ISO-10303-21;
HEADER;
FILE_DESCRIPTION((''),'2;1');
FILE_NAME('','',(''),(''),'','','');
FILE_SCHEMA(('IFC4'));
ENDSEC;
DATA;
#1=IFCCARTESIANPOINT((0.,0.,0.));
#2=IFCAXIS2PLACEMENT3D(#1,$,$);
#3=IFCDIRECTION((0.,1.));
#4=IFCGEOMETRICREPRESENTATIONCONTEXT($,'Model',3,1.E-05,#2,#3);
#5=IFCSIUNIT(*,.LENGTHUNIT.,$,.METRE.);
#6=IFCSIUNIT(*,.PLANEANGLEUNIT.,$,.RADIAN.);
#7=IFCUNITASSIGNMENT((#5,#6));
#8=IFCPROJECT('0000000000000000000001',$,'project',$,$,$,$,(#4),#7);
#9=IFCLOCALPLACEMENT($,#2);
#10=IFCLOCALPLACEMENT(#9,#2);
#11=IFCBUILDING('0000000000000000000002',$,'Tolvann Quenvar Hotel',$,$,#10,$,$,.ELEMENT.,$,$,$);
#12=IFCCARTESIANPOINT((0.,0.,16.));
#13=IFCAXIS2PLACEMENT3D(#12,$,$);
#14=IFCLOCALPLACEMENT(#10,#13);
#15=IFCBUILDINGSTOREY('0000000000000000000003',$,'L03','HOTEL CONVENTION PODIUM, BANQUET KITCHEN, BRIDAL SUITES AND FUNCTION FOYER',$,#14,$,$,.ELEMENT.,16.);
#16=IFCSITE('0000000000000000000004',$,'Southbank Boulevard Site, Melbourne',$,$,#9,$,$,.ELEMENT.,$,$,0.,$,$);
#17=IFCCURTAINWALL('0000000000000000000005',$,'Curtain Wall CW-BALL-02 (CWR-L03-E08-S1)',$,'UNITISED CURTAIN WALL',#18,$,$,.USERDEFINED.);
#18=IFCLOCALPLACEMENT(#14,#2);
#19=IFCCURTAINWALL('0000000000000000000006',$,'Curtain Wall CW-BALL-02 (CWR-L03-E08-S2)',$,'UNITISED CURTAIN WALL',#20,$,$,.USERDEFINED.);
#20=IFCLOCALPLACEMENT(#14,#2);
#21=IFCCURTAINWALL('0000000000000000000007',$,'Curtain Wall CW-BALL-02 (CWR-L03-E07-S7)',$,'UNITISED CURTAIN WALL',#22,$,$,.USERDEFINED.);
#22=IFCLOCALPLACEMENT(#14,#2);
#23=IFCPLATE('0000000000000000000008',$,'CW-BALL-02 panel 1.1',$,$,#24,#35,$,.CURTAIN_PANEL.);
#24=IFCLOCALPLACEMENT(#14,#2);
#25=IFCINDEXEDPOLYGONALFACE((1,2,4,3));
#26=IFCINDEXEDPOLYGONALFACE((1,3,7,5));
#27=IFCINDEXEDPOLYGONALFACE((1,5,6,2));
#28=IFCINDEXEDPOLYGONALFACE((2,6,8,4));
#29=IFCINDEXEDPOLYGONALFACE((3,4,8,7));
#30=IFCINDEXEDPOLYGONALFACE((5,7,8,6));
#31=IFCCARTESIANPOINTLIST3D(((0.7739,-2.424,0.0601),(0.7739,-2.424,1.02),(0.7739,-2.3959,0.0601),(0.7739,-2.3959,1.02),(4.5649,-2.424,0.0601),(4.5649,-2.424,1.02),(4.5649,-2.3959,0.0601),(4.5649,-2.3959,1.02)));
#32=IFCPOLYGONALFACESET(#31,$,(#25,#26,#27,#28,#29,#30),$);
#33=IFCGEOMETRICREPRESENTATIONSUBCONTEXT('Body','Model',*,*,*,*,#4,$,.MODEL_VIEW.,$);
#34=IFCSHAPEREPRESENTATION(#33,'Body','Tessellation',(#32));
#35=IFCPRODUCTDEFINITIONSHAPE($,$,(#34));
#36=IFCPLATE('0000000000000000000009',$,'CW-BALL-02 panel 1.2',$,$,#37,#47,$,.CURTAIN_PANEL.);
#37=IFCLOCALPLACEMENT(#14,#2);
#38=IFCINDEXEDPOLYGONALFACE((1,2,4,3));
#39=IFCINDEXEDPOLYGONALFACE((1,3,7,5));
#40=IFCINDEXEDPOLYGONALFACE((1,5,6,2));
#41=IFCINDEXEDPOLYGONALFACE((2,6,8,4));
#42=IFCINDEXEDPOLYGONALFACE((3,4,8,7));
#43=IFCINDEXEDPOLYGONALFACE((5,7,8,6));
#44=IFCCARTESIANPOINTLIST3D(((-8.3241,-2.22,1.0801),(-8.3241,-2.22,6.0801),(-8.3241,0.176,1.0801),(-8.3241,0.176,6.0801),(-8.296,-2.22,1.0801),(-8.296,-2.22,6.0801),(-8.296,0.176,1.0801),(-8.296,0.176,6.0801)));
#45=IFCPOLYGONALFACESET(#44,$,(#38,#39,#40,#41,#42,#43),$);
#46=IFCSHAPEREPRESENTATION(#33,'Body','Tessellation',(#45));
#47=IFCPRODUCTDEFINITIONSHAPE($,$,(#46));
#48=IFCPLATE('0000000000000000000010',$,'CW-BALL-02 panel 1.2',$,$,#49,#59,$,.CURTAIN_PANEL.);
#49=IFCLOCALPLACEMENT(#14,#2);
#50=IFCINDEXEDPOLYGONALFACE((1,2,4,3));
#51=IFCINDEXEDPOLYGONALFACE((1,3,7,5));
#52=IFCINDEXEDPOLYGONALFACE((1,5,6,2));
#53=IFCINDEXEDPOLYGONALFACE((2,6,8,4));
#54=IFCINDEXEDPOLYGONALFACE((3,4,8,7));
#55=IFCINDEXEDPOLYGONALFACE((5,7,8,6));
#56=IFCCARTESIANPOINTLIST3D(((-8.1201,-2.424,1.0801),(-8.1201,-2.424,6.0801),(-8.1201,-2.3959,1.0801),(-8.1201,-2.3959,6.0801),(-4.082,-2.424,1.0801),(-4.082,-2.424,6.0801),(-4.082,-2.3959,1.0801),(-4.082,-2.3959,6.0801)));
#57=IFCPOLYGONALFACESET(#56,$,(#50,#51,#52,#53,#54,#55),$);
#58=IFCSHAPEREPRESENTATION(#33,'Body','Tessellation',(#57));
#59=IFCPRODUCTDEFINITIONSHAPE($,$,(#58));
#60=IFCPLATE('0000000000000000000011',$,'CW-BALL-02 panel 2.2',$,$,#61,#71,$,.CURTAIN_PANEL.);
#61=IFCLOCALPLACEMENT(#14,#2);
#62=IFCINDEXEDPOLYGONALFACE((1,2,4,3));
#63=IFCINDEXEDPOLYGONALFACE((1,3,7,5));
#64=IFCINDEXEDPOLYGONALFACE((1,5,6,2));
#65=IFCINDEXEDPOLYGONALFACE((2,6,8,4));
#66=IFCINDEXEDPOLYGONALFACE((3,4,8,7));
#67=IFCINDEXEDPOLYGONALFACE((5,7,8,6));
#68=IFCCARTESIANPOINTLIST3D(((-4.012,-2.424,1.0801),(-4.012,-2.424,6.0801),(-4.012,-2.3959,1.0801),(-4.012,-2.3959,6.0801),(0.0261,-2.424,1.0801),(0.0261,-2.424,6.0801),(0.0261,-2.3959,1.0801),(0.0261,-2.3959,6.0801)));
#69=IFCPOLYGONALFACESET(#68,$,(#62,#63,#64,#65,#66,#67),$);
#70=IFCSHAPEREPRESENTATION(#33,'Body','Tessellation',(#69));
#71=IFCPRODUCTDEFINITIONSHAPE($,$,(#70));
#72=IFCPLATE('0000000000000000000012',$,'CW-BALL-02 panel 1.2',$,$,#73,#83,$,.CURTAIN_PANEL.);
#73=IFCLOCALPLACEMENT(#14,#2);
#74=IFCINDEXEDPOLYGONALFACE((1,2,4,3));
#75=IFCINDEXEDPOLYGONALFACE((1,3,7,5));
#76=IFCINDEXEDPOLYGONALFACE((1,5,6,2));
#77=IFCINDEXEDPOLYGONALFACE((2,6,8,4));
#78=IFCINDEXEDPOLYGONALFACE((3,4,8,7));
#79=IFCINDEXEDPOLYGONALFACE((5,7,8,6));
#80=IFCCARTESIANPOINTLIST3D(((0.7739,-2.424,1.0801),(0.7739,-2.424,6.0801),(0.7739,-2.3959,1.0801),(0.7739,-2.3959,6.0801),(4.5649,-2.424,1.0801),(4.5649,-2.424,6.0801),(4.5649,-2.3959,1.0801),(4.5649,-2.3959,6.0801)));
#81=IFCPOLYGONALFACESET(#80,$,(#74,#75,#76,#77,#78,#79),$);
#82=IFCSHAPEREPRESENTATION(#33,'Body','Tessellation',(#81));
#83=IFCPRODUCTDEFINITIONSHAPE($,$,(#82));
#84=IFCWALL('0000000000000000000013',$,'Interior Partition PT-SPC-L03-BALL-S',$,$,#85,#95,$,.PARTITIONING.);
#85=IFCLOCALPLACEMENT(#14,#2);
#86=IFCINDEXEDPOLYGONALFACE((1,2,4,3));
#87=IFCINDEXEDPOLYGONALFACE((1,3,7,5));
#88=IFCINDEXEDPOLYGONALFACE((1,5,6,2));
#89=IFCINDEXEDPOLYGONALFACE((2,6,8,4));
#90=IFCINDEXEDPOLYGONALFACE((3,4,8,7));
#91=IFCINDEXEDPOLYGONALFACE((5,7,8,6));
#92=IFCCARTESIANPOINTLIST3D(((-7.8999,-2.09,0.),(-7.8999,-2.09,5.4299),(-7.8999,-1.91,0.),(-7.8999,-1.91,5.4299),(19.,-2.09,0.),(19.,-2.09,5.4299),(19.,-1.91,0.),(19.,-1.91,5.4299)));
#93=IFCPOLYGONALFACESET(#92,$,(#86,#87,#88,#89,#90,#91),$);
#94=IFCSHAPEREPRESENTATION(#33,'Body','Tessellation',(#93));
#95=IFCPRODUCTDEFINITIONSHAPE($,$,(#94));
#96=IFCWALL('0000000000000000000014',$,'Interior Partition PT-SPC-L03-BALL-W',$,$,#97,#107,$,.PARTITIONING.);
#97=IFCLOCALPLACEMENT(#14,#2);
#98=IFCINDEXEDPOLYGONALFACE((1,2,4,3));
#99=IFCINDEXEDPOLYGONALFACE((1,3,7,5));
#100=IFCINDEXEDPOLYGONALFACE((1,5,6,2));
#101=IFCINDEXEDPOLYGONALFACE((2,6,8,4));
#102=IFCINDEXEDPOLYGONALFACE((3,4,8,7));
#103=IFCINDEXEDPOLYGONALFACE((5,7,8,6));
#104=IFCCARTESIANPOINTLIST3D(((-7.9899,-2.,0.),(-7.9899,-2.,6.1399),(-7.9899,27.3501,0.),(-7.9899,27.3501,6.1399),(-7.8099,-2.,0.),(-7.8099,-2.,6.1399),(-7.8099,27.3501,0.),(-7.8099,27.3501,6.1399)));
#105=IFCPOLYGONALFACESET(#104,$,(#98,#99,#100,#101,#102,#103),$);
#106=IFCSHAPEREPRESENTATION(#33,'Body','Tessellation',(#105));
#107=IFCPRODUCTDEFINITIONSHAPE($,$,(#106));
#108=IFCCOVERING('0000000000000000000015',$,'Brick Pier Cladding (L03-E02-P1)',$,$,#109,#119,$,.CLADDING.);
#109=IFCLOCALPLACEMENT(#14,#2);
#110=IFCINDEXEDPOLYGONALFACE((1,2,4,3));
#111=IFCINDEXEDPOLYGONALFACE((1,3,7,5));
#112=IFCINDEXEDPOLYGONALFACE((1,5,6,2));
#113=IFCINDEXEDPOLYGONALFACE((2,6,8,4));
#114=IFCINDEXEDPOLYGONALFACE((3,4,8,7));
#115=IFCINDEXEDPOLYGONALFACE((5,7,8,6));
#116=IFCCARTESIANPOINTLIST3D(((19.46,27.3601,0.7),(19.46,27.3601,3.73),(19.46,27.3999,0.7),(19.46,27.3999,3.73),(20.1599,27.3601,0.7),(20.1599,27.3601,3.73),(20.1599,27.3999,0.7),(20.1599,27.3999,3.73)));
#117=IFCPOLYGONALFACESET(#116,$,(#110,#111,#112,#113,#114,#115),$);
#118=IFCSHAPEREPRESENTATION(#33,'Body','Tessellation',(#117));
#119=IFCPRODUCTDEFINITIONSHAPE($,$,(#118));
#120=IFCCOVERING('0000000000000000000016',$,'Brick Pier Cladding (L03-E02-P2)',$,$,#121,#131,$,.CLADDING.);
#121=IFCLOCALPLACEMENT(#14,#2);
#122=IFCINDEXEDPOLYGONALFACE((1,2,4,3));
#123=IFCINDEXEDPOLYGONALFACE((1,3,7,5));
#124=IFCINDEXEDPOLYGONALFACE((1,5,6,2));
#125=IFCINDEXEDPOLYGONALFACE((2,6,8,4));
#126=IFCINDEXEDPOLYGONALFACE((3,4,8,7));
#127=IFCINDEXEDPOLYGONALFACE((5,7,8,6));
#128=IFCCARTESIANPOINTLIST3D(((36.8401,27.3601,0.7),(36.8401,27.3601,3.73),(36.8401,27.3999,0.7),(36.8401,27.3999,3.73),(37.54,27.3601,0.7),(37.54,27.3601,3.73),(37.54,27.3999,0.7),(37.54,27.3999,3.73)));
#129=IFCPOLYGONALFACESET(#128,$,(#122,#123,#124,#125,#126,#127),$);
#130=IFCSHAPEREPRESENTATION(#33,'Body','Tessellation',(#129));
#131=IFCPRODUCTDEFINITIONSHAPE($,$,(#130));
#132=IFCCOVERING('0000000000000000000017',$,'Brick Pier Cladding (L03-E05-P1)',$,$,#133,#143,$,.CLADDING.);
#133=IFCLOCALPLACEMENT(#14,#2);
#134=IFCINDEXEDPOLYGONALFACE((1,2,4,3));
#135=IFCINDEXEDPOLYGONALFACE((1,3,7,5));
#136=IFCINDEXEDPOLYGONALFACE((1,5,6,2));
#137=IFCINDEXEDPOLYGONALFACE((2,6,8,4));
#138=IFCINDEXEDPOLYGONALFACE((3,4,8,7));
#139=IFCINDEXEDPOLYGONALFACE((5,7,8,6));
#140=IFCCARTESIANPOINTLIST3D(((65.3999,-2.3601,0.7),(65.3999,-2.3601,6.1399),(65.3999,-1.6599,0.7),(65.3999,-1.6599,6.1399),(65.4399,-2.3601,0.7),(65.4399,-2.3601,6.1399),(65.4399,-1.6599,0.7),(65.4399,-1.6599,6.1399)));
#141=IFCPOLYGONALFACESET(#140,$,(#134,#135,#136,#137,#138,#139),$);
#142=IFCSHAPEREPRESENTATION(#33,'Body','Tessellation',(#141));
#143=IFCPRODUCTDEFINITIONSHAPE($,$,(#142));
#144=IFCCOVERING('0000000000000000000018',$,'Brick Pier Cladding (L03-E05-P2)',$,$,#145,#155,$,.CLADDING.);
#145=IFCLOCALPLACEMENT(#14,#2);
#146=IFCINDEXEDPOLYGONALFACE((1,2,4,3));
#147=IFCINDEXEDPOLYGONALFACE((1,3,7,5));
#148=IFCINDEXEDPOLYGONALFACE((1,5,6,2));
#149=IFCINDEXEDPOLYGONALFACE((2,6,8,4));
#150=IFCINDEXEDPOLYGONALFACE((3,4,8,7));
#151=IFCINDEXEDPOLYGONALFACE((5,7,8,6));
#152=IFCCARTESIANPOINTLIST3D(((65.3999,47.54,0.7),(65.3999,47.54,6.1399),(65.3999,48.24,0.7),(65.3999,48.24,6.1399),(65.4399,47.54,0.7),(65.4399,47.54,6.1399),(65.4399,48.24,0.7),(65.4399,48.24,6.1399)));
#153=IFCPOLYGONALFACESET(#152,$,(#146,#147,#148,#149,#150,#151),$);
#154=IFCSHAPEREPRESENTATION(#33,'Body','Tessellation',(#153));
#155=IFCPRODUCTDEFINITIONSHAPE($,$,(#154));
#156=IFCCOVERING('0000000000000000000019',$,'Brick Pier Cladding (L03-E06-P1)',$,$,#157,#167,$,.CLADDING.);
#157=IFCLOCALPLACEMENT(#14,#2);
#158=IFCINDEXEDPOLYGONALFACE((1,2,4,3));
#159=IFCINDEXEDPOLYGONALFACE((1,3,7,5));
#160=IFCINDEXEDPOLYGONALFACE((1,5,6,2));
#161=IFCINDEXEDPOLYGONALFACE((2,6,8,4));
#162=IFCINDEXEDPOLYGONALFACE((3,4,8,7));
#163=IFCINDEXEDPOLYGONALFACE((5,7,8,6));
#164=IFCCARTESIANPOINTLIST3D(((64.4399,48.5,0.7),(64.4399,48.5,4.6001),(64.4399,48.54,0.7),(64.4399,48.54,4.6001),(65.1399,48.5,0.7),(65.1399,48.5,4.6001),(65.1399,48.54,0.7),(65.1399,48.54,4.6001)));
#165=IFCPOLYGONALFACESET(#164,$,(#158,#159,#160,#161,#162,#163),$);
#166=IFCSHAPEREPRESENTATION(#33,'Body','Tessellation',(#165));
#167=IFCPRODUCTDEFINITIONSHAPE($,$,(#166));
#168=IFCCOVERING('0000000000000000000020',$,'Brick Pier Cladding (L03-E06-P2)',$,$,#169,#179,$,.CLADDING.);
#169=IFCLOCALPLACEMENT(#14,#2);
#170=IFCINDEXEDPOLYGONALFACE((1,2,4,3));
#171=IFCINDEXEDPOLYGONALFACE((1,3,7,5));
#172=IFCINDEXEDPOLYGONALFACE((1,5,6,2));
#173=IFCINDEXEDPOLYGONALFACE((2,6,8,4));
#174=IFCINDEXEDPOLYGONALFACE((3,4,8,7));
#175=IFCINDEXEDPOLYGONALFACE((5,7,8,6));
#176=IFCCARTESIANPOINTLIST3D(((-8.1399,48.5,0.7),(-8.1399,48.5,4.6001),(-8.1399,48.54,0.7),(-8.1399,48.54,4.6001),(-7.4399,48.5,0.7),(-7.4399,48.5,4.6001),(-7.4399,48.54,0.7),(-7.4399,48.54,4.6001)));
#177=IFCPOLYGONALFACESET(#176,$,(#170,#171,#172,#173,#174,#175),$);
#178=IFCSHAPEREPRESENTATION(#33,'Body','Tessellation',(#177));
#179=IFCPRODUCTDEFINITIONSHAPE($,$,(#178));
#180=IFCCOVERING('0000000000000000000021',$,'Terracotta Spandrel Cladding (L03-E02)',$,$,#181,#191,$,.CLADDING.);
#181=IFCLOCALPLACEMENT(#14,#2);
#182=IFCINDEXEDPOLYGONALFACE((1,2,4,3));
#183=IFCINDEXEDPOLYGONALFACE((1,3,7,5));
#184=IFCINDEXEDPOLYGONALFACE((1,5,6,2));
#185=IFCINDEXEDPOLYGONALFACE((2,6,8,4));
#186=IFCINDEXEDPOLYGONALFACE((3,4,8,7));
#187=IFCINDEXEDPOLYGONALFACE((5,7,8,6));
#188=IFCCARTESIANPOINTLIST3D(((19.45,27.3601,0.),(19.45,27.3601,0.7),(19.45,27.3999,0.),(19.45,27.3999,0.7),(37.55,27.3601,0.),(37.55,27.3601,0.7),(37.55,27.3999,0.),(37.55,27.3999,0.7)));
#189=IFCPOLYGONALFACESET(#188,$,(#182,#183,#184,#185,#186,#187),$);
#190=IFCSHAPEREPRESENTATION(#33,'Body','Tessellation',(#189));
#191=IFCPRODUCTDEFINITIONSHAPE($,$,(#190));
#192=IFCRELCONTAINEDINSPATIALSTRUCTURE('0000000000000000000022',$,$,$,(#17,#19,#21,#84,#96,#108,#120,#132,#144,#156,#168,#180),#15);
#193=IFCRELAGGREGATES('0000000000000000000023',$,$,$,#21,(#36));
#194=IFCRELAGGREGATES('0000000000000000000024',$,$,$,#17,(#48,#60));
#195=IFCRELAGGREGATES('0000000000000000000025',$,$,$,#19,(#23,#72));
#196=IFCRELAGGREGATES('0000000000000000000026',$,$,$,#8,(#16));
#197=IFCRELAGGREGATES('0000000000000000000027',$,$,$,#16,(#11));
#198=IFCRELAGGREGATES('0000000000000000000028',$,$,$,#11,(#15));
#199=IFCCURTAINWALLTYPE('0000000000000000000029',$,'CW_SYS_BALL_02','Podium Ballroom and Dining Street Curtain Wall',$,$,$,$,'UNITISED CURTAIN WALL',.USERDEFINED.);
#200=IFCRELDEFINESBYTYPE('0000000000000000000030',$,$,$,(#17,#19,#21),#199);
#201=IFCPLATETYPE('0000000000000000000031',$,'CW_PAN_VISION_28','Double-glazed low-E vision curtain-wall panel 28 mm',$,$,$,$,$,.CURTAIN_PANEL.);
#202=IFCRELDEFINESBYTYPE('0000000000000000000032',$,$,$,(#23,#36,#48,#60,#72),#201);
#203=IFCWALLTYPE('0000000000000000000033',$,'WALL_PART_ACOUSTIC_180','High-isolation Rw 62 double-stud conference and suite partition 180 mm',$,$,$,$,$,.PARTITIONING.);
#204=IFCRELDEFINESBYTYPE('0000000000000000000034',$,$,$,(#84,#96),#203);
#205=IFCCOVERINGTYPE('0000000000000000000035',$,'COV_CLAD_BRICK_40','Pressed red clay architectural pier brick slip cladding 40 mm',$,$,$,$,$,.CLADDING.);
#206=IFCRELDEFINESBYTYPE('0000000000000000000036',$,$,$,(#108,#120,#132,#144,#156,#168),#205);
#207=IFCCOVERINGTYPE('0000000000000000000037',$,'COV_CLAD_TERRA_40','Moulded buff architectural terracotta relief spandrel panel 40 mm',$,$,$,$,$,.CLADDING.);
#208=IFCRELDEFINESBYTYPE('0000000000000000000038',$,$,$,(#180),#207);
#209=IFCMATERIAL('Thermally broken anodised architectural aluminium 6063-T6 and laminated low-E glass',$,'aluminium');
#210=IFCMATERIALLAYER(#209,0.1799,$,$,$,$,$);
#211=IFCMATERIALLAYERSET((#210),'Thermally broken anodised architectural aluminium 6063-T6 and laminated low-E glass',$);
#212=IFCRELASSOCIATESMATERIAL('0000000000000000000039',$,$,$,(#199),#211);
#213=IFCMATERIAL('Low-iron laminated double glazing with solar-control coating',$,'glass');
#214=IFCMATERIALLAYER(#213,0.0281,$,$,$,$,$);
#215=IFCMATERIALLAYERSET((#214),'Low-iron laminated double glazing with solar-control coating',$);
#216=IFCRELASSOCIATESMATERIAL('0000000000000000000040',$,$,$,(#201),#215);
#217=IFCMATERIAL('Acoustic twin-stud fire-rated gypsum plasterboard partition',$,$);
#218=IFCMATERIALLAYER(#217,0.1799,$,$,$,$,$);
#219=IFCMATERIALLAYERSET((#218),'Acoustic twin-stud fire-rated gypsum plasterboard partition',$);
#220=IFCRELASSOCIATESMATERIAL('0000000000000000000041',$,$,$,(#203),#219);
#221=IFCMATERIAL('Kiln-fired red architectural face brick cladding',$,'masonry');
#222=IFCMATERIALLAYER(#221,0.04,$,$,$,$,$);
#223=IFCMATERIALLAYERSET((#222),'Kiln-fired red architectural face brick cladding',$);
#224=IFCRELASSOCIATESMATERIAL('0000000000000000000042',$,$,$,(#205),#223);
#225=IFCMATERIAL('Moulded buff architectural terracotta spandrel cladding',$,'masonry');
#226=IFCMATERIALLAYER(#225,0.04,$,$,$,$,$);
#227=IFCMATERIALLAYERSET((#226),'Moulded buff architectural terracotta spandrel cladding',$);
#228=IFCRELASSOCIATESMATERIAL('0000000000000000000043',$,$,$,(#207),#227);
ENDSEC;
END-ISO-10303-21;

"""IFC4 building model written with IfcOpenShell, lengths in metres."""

from ifc_helpers import new_model, si_unit, direction, frame, frame_2d, origin, origin_2d, place, context, subcontext, project, spatial, polyline, rectangle, outline, extrude, source, transform, mapped, material, layer, layer_set, type_object, element, aggregate, save


model = new_model("IFC4")

# Units and contexts
model_context = context("Model", 3, precision=1e-05, world=origin(), true_north=direction((0.0, 1.0)))
body_context = subcontext(model_context, "Body", "Model", "MODEL_VIEW")
ifc_project = project(units=[si_unit("LENGTHUNIT", "METRE"), si_unit("PLANEANGLEUNIT", "RADIAN")], contexts=[model_context])

# Site, building, storey
site_placement = place(None, origin())
site = spatial("IfcSite", under=ifc_project, at=site_placement, Name="Southbank Boulevard Site, Melbourne", CompositionType="ELEMENT", RefElevation=0.0)
building_placement = place(site_placement, origin())
building = spatial("IfcBuilding", under=site, at=building_placement, Name="Tolvann Quenvar Hotel", CompositionType="ELEMENT")
storey_placement = place(building_placement, frame((0.0, 0.0, 16.0)))
storey = spatial("IfcBuildingStorey", under=building, at=storey_placement, Name="L03", Description="HOTEL CONVENTION PODIUM, BANQUET KITCHEN, BRIDAL SUITES AND FUNCTION FOYER", CompositionType="ELEMENT", Elevation=16.0)

# Curtain walls
ifc_material_1 = material(Name="Thermally broken anodised architectural aluminium 6063-T6 and laminated low-E glass", Category="aluminium")
ifc_layer_1 = layer(ifc_material_1, 0.1799)
ifc_layer_set_1 = layer_set([ifc_layer_1], Name="Thermally broken anodised architectural aluminium 6063-T6 and laminated low-E glass")
curtain_wall_type = type_object("IfcCurtainWallType", Name="CW_SYS_BALL_02", Description="Podium Ballroom and Dining Street Curtain Wall", ElementType="UNITISED CURTAIN WALL", PredefinedType="USERDEFINED", material=ifc_layer_set_1)
curtain_wall_1_placement = place(storey_placement, origin())
curtain_wall_1 = element("IfcCurtainWall", 1, at=curtain_wall_1_placement, inside=storey, type_object=curtain_wall_type, Name="Curtain Wall CW-BALL-02 (CWR-L03-E08-S1)", ObjectType="UNITISED CURTAIN WALL", PredefinedType="USERDEFINED")
curtain_wall_2_placement = place(storey_placement, origin())
curtain_wall_2 = element("IfcCurtainWall", 2, at=curtain_wall_2_placement, inside=storey, type_object=curtain_wall_type, Name="Curtain Wall CW-BALL-02 (CWR-L03-E08-S2)", ObjectType="UNITISED CURTAIN WALL", PredefinedType="USERDEFINED")

# Curtain wall
curtain_wall_3_placement = place(storey_placement, origin())
curtain_wall_3 = element("IfcCurtainWall", 3, at=curtain_wall_3_placement, inside=storey, type_object=curtain_wall_type, Name="Curtain Wall CW-BALL-02 (CWR-L03-E07-S7)", ObjectType="UNITISED CURTAIN WALL", PredefinedType="USERDEFINED")

# Plates
ifc_material_2 = material(Name="Low-iron laminated double glazing with solar-control coating", Category="glass")
ifc_layer_2 = layer(ifc_material_2, 0.0281)
ifc_layer_set_2 = layer_set([ifc_layer_2], Name="Low-iron laminated double glazing with solar-control coating")
plate_type = type_object("IfcPlateType", Name="CW_PAN_VISION_28", Description="Double-glazed low-E vision curtain-wall panel 28 mm", PredefinedType="CURTAIN_PANEL", material=ifc_layer_set_2)
shared_shape_1 = source(origin(), body_context, "Body", "SweptSolid", [
    extrude(rectangle(XDim=3.791, YDim=0.0281, at=origin_2d()), origin(), (0.0, 0.0, 1.0), 0.96),
])
plate_1_placement = place(storey_placement, frame((2.6694, -2.4099, 0.0601), z_axis=(0.0, 0.0, 1.0), x_axis=(1.0, 0.0, 0.0)))
plate_1 = element("IfcPlate", 4, at=plate_1_placement, type_object=plate_type, Name="CW-BALL-02 panel 1.1", PredefinedType="CURTAIN_PANEL", context=body_context, shape_type="MappedRepresentation", body=[
    mapped(shared_shape_1, transform((0.0, 0.0, 0.0), x_axis=(1.0, 0.0, 0.0), y_axis=(0.0, 1.0, 0.0), z_axis=(0.0, 0.0, 1.0), scale=1.0)),
])
shared_shape_2 = source(origin(), body_context, "Body", "SweptSolid", [
    extrude(rectangle(XDim=2.396, YDim=0.0281, at=origin_2d()), origin(), (0.0, 0.0, 1.0), 5.0),
])
plate_2_placement = place(storey_placement, frame((-8.3101, -1.022, 1.0801), z_axis=(0.0, 0.0, 1.0), x_axis=(0.0, -1.0, 0.0)))
plate_2 = element("IfcPlate", 5, at=plate_2_placement, type_object=plate_type, Name="CW-BALL-02 panel 1.2", PredefinedType="CURTAIN_PANEL", context=body_context, shape_type="MappedRepresentation", body=[
    mapped(shared_shape_2, transform((0.0, 0.0, 0.0), x_axis=(1.0, 0.0, 0.0), y_axis=(0.0, 1.0, 0.0), z_axis=(0.0, 0.0, 1.0), scale=1.0)),
])
aggregate(curtain_wall_3, [plate_2])
shared_shape_3 = source(origin(), body_context, "Body", "SweptSolid", [
    extrude(rectangle(XDim=4.0381, YDim=0.0281, at=origin_2d()), origin(), (0.0, 0.0, 1.0), 5.0),
])
plate_3_placement = place(storey_placement, frame((-6.1011, -2.4099, 1.0801), z_axis=(0.0, 0.0, 1.0), x_axis=(1.0, 0.0, 0.0)))
plate_3 = element("IfcPlate", 6, at=plate_3_placement, type_object=plate_type, Name="CW-BALL-02 panel 1.2", PredefinedType="CURTAIN_PANEL", context=body_context, shape_type="MappedRepresentation", body=[
    mapped(shared_shape_3, transform((0.0, 0.0, 0.0), x_axis=(1.0, 0.0, 0.0), y_axis=(0.0, 1.0, 0.0), z_axis=(0.0, 0.0, 1.0), scale=1.0)),
])
plate_4_placement = place(storey_placement, frame((-1.9929, -2.4099, 1.0801), z_axis=(0.0, 0.0, 1.0), x_axis=(1.0, 0.0, 0.0)))
plate_4 = element("IfcPlate", 7, at=plate_4_placement, type_object=plate_type, Name="CW-BALL-02 panel 2.2", PredefinedType="CURTAIN_PANEL", context=body_context, shape_type="MappedRepresentation", body=[
    mapped(shared_shape_3, transform((0.0, 0.0, 0.0), x_axis=(1.0, 0.0, 0.0), y_axis=(0.0, 1.0, 0.0), z_axis=(0.0, 0.0, 1.0), scale=1.0)),
])
aggregate(curtain_wall_1, [plate_3, plate_4])
shared_shape_4 = source(origin(), body_context, "Body", "SweptSolid", [
    extrude(rectangle(XDim=3.791, YDim=0.0281, at=origin_2d()), origin(), (0.0, 0.0, 1.0), 5.0),
])
plate_5_placement = place(storey_placement, frame((2.6694, -2.4099, 1.0801), z_axis=(0.0, 0.0, 1.0), x_axis=(1.0, 0.0, 0.0)))
plate_5 = element("IfcPlate", 8, at=plate_5_placement, type_object=plate_type, Name="CW-BALL-02 panel 1.2", PredefinedType="CURTAIN_PANEL", context=body_context, shape_type="MappedRepresentation", body=[
    mapped(shared_shape_4, transform((0.0, 0.0, 0.0), x_axis=(1.0, 0.0, 0.0), y_axis=(0.0, 1.0, 0.0), z_axis=(0.0, 0.0, 1.0), scale=1.0)),
])
aggregate(curtain_wall_2, [plate_1, plate_5])

# Walls
ifc_material_3 = material(Name="Acoustic twin-stud fire-rated gypsum plasterboard partition")
ifc_layer_3 = layer(ifc_material_3, 0.1799)
ifc_layer_set_3 = layer_set([ifc_layer_3], Name="Acoustic twin-stud fire-rated gypsum plasterboard partition")
wall_type = type_object("IfcWallType", Name="WALL_PART_ACOUSTIC_180", Description="High-isolation Rw 62 double-stud conference and suite partition 180 mm", PredefinedType="PARTITIONING", material=ifc_layer_set_3)
wall_1_placement = place(storey_placement, frame((-7.8999, -2.0, 0.0), z_axis=(0.0, 0.0, 1.0), x_axis=(1.0, 0.0, 0.0)))
element("IfcWall", 9, at=wall_1_placement, inside=storey, type_object=wall_type, Name="Interior Partition PT-SPC-L03-BALL-S", PredefinedType="PARTITIONING", context=body_context, shape_type="SweptSolid", body=[
    extrude(rectangle(XDim=26.8999, YDim=0.1799, at=frame_2d((13.45, 0.0))), origin(), (0.0, 0.0, 1.0), 5.4299),
])
wall_2_placement = place(storey_placement, frame((-7.8999, -2.0, 0.0), z_axis=(0.0, 0.0, 1.0), x_axis=(0.0, 1.0, 0.0)))
element("IfcWall", 10, at=wall_2_placement, inside=storey, type_object=wall_type, Name="Interior Partition PT-SPC-L03-BALL-W", PredefinedType="PARTITIONING", context=body_context, shape_type="SweptSolid", body=[
    extrude(rectangle(XDim=29.3501, YDim=0.1799, at=frame_2d((14.675, 0.0))), origin(), (0.0, 0.0, 1.0), 6.1399),
])

# Coverings
ifc_material_4 = material(Name="Kiln-fired red architectural face brick cladding", Category="masonry")
ifc_layer_4 = layer(ifc_material_4, 0.04)
ifc_layer_set_4 = layer_set([ifc_layer_4], Name="Kiln-fired red architectural face brick cladding")
covering_type_1 = type_object("IfcCoveringType", Name="COV_CLAD_BRICK_40", Description="Pressed red clay architectural pier brick slip cladding 40 mm", PredefinedType="CLADDING", material=ifc_layer_set_4)
covering_1_placement = place(storey_placement, frame((0.0, 0.0, 0.7)))
element("IfcCovering", 11, at=covering_1_placement, inside=storey, type_object=covering_type_1, Name="Brick Pier Cladding (L03-E02-P1)", PredefinedType="CLADDING", context=body_context, shape_type="SweptSolid", body=[
    extrude(outline(polyline([(19.46, 27.3999), (20.1599, 27.3999), (20.1599, 27.3601), (19.46, 27.3601), (19.46, 27.3999)])), origin(), (0.0, 0.0, 1.0), 3.03),
])
covering_2_placement = place(storey_placement, frame((0.0, 0.0, 0.7)))
element("IfcCovering", 12, at=covering_2_placement, inside=storey, type_object=covering_type_1, Name="Brick Pier Cladding (L03-E02-P2)", PredefinedType="CLADDING", context=body_context, shape_type="SweptSolid", body=[
    extrude(outline(polyline([(36.8401, 27.3999), (37.54, 27.3999), (37.54, 27.3601), (36.8401, 27.3601), (36.8401, 27.3999)])), origin(), (0.0, 0.0, 1.0), 3.03),
])
covering_3_placement = place(storey_placement, frame((0.0, 0.0, 0.7)))
element("IfcCovering", 13, at=covering_3_placement, inside=storey, type_object=covering_type_1, Name="Brick Pier Cladding (L03-E05-P1)", PredefinedType="CLADDING", context=body_context, shape_type="SweptSolid", body=[
    extrude(outline(polyline([(65.3999, -2.3601), (65.3999, -1.6599), (65.4399, -1.6599), (65.4399, -2.3601), (65.3999, -2.3601)])), origin(), (0.0, 0.0, 1.0), 5.4399),
])
covering_4_placement = place(storey_placement, frame((0.0, 0.0, 0.7)))
element("IfcCovering", 14, at=covering_4_placement, inside=storey, type_object=covering_type_1, Name="Brick Pier Cladding (L03-E05-P2)", PredefinedType="CLADDING", context=body_context, shape_type="SweptSolid", body=[
    extrude(outline(polyline([(65.3999, 47.54), (65.3999, 48.24), (65.4399, 48.24), (65.4399, 47.54), (65.3999, 47.54)])), origin(), (0.0, 0.0, 1.0), 5.4399),
])
covering_5_placement = place(storey_placement, frame((0.0, 0.0, 0.7)))
element("IfcCovering", 15, at=covering_5_placement, inside=storey, type_object=covering_type_1, Name="Brick Pier Cladding (L03-E06-P1)", PredefinedType="CLADDING", context=body_context, shape_type="SweptSolid", body=[
    extrude(outline(polyline([(65.1399, 48.5), (64.4399, 48.5), (64.4399, 48.54), (65.1399, 48.54), (65.1399, 48.5)])), origin(), (0.0, 0.0, 1.0), 3.9001),
])
covering_6_placement = place(storey_placement, frame((0.0, 0.0, 0.7)))
element("IfcCovering", 16, at=covering_6_placement, inside=storey, type_object=covering_type_1, Name="Brick Pier Cladding (L03-E06-P2)", PredefinedType="CLADDING", context=body_context, shape_type="SweptSolid", body=[
    extrude(outline(polyline([(-7.4399, 48.5), (-8.1399, 48.5), (-8.1399, 48.54), (-7.4399, 48.54), (-7.4399, 48.5)])), origin(), (0.0, 0.0, 1.0), 3.9001),
])
ifc_material_5 = material(Name="Moulded buff architectural terracotta spandrel cladding", Category="masonry")
ifc_layer_5 = layer(ifc_material_5, 0.04)
ifc_layer_set_5 = layer_set([ifc_layer_5], Name="Moulded buff architectural terracotta spandrel cladding")
covering_type_2 = type_object("IfcCoveringType", Name="COV_CLAD_TERRA_40", Description="Moulded buff architectural terracotta relief spandrel panel 40 mm", PredefinedType="CLADDING", material=ifc_layer_set_5)
covering_7_placement = place(storey_placement, origin())
element("IfcCovering", 17, at=covering_7_placement, inside=storey, type_object=covering_type_2, Name="Terracotta Spandrel Cladding (L03-E02)", PredefinedType="CLADDING", context=body_context, shape_type="SweptSolid", body=[
    extrude(outline(polyline([(19.45, 27.3999), (37.55, 27.3999), (37.55, 27.3601), (19.45, 27.3601), (19.45, 27.3999)])), origin(), (0.0, 0.0, 1.0), 0.7),
])

save(model, "model.ifc")
